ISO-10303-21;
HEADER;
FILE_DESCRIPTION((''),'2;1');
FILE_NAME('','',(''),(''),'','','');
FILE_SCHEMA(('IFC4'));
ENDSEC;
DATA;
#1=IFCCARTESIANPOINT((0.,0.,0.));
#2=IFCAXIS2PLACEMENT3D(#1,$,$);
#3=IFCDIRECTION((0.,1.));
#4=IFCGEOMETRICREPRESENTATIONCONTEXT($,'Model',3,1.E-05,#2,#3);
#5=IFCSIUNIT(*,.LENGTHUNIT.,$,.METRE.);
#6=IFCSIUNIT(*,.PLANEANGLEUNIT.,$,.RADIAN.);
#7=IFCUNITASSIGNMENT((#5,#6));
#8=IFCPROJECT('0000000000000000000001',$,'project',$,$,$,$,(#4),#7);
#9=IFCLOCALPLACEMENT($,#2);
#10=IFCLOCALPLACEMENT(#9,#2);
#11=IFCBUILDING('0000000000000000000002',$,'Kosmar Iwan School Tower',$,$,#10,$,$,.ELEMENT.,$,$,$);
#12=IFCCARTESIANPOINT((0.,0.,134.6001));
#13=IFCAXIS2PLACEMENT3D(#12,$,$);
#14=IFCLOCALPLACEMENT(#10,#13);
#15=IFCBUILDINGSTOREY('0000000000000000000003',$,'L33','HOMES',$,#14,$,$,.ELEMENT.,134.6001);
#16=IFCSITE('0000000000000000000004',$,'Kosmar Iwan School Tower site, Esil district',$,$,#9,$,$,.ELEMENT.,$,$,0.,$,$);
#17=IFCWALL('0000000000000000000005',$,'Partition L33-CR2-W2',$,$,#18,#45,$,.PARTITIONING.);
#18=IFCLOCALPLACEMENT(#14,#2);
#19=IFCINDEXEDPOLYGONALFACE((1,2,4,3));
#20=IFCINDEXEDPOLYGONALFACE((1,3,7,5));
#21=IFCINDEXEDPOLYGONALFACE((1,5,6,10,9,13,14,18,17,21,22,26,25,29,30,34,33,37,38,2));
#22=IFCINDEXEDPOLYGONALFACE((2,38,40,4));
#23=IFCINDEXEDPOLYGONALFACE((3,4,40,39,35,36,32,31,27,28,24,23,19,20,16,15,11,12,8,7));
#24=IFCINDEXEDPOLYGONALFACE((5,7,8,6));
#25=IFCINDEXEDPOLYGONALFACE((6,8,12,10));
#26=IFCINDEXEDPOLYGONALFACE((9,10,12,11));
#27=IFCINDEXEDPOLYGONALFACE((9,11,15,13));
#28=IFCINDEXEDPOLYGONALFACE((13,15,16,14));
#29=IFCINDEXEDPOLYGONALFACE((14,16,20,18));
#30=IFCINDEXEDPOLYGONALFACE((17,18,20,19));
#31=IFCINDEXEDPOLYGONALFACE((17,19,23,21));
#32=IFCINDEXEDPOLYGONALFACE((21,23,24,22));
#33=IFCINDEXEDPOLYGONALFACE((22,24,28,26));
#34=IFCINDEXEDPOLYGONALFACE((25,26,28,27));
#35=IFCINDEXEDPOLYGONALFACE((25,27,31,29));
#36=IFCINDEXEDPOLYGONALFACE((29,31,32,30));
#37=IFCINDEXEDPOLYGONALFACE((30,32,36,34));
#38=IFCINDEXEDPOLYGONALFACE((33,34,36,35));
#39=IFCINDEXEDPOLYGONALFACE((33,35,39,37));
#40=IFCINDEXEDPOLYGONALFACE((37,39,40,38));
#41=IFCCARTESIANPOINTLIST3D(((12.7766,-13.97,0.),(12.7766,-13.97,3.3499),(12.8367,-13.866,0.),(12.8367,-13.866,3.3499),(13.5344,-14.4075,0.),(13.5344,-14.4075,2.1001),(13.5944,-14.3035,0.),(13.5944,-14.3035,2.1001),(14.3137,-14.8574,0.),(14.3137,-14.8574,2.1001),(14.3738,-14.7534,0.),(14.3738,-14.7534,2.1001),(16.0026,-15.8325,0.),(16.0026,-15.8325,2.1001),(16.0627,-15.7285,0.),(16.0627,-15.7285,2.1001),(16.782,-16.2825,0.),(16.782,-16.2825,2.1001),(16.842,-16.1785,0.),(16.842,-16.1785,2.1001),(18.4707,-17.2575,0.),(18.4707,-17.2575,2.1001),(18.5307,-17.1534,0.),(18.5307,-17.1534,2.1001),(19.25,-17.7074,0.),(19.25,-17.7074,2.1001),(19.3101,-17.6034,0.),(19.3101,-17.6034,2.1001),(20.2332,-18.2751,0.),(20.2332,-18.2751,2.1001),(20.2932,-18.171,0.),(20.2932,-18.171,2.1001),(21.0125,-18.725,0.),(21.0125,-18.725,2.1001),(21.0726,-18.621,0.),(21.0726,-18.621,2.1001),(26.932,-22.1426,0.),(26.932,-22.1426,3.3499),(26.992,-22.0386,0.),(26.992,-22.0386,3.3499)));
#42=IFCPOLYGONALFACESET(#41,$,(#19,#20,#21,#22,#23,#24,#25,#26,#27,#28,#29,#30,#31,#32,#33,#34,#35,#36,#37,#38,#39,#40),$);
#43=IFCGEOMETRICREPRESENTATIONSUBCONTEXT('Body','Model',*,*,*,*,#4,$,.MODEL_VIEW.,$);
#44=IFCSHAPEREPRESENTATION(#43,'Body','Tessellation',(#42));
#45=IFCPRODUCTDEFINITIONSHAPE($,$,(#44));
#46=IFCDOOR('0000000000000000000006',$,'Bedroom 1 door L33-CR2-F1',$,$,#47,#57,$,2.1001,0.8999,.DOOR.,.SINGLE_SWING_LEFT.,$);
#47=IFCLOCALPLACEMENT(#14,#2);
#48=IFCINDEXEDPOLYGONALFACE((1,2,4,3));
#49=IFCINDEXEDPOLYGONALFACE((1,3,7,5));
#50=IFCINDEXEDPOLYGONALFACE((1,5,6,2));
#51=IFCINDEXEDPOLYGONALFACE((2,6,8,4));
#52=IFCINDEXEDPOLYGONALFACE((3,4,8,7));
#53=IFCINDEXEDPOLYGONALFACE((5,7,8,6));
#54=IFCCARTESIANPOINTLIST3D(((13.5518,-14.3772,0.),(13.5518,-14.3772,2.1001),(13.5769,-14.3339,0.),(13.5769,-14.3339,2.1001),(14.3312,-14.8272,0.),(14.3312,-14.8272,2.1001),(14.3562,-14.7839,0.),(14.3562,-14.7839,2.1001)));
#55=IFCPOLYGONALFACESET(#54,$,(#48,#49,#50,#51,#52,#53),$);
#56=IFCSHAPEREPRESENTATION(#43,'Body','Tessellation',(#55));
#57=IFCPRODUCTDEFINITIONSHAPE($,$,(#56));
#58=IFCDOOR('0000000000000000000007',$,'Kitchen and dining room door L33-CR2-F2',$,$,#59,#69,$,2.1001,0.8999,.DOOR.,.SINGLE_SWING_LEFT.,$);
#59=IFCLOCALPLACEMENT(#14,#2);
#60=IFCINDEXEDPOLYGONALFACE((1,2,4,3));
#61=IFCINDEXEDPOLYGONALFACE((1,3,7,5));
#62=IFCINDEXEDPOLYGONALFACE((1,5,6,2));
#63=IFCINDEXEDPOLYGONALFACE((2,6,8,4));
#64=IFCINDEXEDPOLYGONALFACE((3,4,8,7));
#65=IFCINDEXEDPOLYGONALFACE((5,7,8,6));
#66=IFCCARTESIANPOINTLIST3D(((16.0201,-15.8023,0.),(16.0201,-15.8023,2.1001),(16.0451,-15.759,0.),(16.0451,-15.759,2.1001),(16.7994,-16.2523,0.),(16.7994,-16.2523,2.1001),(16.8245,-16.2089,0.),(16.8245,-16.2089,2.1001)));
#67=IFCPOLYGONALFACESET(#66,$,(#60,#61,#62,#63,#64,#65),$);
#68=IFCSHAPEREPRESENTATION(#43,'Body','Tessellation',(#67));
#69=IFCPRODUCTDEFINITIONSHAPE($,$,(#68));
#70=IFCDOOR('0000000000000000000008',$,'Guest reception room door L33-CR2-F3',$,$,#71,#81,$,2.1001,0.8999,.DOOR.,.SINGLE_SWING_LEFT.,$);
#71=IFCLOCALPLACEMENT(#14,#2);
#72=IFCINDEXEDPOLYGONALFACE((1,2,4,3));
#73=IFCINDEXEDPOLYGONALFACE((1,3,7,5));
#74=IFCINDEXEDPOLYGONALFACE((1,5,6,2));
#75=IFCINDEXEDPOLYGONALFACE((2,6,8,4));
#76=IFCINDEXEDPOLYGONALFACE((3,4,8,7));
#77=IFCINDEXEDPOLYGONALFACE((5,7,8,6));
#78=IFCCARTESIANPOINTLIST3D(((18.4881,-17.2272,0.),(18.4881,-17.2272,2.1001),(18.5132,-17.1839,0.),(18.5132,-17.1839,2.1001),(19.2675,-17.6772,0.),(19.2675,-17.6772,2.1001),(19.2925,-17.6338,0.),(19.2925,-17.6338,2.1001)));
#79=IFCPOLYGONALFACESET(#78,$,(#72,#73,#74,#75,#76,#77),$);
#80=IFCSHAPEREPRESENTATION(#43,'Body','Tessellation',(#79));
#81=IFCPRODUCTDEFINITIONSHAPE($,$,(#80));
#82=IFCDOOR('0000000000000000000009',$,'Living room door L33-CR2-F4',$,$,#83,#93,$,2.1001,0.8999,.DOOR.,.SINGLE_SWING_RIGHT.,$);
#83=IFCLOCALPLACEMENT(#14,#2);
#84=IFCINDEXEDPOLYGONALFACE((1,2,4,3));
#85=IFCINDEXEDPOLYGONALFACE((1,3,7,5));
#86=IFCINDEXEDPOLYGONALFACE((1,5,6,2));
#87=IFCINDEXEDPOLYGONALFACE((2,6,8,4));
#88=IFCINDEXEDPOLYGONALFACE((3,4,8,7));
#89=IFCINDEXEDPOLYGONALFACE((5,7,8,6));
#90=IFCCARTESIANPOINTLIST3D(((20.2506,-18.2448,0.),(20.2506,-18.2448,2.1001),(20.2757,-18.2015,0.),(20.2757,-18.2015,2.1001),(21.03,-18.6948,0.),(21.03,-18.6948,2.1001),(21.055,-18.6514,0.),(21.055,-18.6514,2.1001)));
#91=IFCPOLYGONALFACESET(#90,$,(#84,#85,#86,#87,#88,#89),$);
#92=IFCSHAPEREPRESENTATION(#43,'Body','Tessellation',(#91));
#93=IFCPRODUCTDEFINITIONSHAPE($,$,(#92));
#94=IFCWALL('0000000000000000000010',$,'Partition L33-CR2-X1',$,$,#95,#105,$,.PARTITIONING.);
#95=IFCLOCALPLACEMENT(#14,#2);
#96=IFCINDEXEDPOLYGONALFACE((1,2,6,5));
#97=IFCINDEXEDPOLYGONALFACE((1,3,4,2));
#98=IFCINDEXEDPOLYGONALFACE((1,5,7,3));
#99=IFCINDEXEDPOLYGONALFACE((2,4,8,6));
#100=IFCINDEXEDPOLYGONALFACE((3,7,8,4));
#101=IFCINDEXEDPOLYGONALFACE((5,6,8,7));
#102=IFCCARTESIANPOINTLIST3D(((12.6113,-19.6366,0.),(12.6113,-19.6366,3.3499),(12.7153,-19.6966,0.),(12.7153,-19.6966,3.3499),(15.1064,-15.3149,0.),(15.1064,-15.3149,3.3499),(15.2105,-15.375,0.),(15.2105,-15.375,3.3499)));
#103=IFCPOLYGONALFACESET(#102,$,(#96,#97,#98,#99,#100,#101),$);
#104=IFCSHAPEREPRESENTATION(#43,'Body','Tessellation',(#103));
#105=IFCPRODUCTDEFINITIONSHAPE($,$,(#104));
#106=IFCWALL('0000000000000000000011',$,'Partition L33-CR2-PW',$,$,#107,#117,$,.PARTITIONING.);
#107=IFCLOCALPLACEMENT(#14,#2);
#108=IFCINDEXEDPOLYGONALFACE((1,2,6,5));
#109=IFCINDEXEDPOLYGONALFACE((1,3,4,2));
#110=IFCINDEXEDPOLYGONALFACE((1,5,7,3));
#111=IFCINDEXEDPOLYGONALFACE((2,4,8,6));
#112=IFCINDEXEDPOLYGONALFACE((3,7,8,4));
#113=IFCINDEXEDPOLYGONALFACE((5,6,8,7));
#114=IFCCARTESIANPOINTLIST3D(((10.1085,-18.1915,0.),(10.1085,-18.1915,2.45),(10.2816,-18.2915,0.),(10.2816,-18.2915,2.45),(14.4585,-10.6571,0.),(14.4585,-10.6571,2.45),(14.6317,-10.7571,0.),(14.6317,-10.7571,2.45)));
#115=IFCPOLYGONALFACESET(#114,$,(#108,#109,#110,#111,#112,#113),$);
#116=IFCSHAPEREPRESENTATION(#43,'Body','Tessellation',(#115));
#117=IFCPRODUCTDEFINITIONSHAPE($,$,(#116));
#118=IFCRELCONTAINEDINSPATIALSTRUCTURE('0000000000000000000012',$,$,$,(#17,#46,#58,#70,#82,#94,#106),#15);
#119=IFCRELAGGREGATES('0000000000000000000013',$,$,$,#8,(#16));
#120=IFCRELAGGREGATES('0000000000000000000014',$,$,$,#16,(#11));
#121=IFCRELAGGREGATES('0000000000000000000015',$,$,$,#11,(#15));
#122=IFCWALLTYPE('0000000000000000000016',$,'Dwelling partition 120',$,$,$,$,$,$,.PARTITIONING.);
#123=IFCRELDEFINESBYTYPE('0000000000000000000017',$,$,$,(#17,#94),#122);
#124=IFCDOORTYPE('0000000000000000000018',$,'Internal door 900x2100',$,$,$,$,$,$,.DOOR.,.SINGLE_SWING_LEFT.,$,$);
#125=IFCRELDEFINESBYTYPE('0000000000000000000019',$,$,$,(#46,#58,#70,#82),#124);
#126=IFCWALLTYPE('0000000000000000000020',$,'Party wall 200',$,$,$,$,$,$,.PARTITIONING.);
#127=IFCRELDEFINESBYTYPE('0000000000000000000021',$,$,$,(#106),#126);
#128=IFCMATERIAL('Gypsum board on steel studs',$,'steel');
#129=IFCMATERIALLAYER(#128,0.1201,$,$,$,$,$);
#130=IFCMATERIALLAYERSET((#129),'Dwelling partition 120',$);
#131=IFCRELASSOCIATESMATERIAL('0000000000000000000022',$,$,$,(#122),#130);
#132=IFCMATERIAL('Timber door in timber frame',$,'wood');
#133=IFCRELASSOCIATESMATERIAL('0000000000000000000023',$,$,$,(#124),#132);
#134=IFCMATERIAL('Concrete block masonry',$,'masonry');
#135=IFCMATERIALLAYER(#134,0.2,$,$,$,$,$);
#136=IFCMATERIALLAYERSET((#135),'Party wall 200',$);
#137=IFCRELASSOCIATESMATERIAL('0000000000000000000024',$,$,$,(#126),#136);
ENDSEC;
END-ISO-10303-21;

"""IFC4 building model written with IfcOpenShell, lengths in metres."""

from ifc_helpers import new_model, si_unit, direction, frame, frame_2d, origin, place, context, subcontext, project, spatial, rectangle, extrude, material, layer, layer_set, type_object, element, fill, save


model = new_model("IFC4")

# Units and contexts
model_context = context("Model", 3, precision=1e-05, world=origin(), true_north=direction((0.0, 1.0)))
body_context = subcontext(model_context, "Body", "Model", "MODEL_VIEW")
ifc_project = project(units=[si_unit("LENGTHUNIT", "METRE"), si_unit("PLANEANGLEUNIT", "RADIAN")], contexts=[model_context])

# Site, building, storey
site_placement = place(None, origin())
site = spatial("IfcSite", under=ifc_project, at=site_placement, Name="Kosmar Iwan School Tower site, Esil district", CompositionType="ELEMENT", RefElevation=0.0)
building_placement = place(site_placement, origin())
building = spatial("IfcBuilding", under=site, at=building_placement, Name="Kosmar Iwan School Tower", CompositionType="ELEMENT")
storey_placement = place(building_placement, frame((0.0, 0.0, 134.6001)))
storey = spatial("IfcBuildingStorey", under=building, at=storey_placement, Name="L33", Description="HOMES", CompositionType="ELEMENT", Elevation=134.6001)

# Shared definitions
ifc_material_1 = material(Name="Gypsum board on steel studs", Category="steel")
ifc_layer_1 = layer(ifc_material_1, 0.1201)
ifc_layer_set_1 = layer_set([ifc_layer_1], Name="Dwelling partition 120")
wall_type_1 = type_object("IfcWallType", Name="Dwelling partition 120", PredefinedType="PARTITIONING", material=ifc_layer_set_1)

# Wall, openings, doors
ifc_material_2 = material(Name="Timber door in timber frame", Category="wood")
door_type_1 = type_object("IfcDoorType", Name="Internal door 900x2100", OperationType="SINGLE_SWING_LEFT", PredefinedType="DOOR", material=ifc_material_2)
wall_1_placement = place(storey_placement, frame((12.8066, -13.918, 0.0), z_axis=(0.0, 0.0, 1.0), x_axis=(0.866024, -0.500003, 0.0)))
wall_1 = element("IfcWall", 1, at=wall_1_placement, inside=storey, type_object=wall_type_1, Name="Partition L33-CR2-W2", PredefinedType="PARTITIONING", context=body_context, shape_type="SweptSolid", body=[
    extrude(rectangle(XDim=16.3452, YDim=0.1201, at=frame_2d((8.1726, 0.0))), origin(), (0.0, 0.0, 1.0), 3.3499),
])
opening_1_placement = place(wall_1_placement, frame((0.875, 0.0, 0.0)))
opening_1 = element("IfcOpeningElement", 2, at=opening_1_placement, cuts=wall_1, PredefinedType="OPENING", context=body_context, shape_type="SweptSolid", body=[
    extrude(rectangle(XDim=0.8999, YDim=2.1001, at=frame_2d((0.45, 1.05))), frame((0.0, 0.072, 0.0), z_axis=(0.0, -1.0, 0.0), x_axis=(1.0, 0.0, 0.0)), (0.0, 0.0, 1.0), 0.144),
])
opening_2_placement = place(wall_1_placement, frame((3.7251, 0.0, 0.0)))
opening_2 = element("IfcOpeningElement", 3, at=opening_2_placement, cuts=wall_1, PredefinedType="OPENING", context=body_context, shape_type="SweptSolid", body=[
    extrude(rectangle(XDim=0.8999, YDim=2.1001, at=frame_2d((0.45, 1.05))), frame((0.0, 0.072, 0.0), z_axis=(0.0, -1.0, 0.0), x_axis=(1.0, 0.0, 0.0)), (0.0, 0.0, 1.0), 0.144),
])
opening_3_placement = place(wall_1_placement, frame((6.575, 0.0, 0.0)))
opening_3 = element("IfcOpeningElement", 4, at=opening_3_placement, cuts=wall_1, PredefinedType="OPENING", context=body_context, shape_type="SweptSolid", body=[
    extrude(rectangle(XDim=0.8999, YDim=2.1001, at=frame_2d((0.45, 1.05))), frame((0.0, 0.072, 0.0), z_axis=(0.0, -1.0, 0.0), x_axis=(1.0, 0.0, 0.0)), (0.0, 0.0, 1.0), 0.144),
])
opening_4_placement = place(wall_1_placement, frame((8.6101, 0.0, 0.0)))
opening_4 = element("IfcOpeningElement", 5, at=opening_4_placement, cuts=wall_1, PredefinedType="OPENING", context=body_context, shape_type="SweptSolid", body=[
    extrude(rectangle(XDim=0.8999, YDim=2.1001, at=frame_2d((0.45, 1.05))), frame((0.0, 0.072, 0.0), z_axis=(0.0, -1.0, 0.0), x_axis=(1.0, 0.0, 0.0)), (0.0, 0.0, 1.0), 0.144),
])
door_1_placement = place(opening_1_placement, origin())
door_1 = element("IfcDoor", 6, at=door_1_placement, inside=storey, type_object=door_type_1, Name="Bedroom 1 door L33-CR2-F1", OperationType="SINGLE_SWING_LEFT", OverallHeight=2.1001, OverallWidth=0.8999, PredefinedType="DOOR", context=body_context, shape_type="SweptSolid", body=[
    extrude(rectangle(XDim=0.8999, YDim=2.1001, at=frame_2d((0.45, 1.05))), frame((0.0, 0.0249, 0.0), z_axis=(0.0, -1.0, 0.0), x_axis=(1.0, 0.0, 0.0)), (0.0, 0.0, 1.0), 0.05),
])
fill(opening_1, door_1)
door_2_placement = place(opening_2_placement, origin())
door_2 = element("IfcDoor", 7, at=door_2_placement, inside=storey, type_object=door_type_1, Name="Kitchen and dining room door L33-CR2-F2", OperationType="SINGLE_SWING_LEFT", OverallHeight=2.1001, OverallWidth=0.8999, PredefinedType="DOOR", context=body_context, shape_type="SweptSolid", body=[
    extrude(rectangle(XDim=0.8999, YDim=2.1001, at=frame_2d((0.45, 1.05))), frame((0.0, 0.0249, 0.0), z_axis=(0.0, -1.0, 0.0), x_axis=(1.0, 0.0, 0.0)), (0.0, 0.0, 1.0), 0.05),
])
fill(opening_2, door_2)
door_3_placement = place(opening_3_placement, origin())
door_3 = element("IfcDoor", 8, at=door_3_placement, inside=storey, type_object=door_type_1, Name="Guest reception room door L33-CR2-F3", OperationType="SINGLE_SWING_LEFT", OverallHeight=2.1001, OverallWidth=0.8999, PredefinedType="DOOR", context=body_context, shape_type="SweptSolid", body=[
    extrude(rectangle(XDim=0.8999, YDim=2.1001, at=frame_2d((0.45, 1.05))), frame((0.0, 0.0249, 0.0), z_axis=(0.0, -1.0, 0.0), x_axis=(1.0, 0.0, 0.0)), (0.0, 0.0, 1.0), 0.05),
])
fill(opening_3, door_3)
door_4_placement = place(opening_4_placement, origin())
door_4 = element("IfcDoor", 9, at=door_4_placement, inside=storey, type_object=door_type_1, Name="Living room door L33-CR2-F4", OperationType="SINGLE_SWING_RIGHT", OverallHeight=2.1001, OverallWidth=0.8999, PredefinedType="DOOR", context=body_context, shape_type="SweptSolid", body=[
    extrude(rectangle(XDim=0.8999, YDim=2.1001, at=frame_2d((0.45, 1.05))), frame((0.0, 0.0249, 0.0), z_axis=(0.0, -1.0, 0.0), x_axis=(1.0, 0.0, 0.0)), (0.0, 0.0, 1.0), 0.05),
])
fill(opening_4, door_4)

# Walls
wall_2_placement = place(storey_placement, frame((15.1584, -15.345, 0.0), z_axis=(0.0, 0.0, 1.0), x_axis=(-0.500012, -0.866019, 0.0)))
element("IfcWall", 10, at=wall_2_placement, inside=storey, type_object=wall_type_1, Name="Partition L33-CR2-X1", PredefinedType="PARTITIONING", context=body_context, shape_type="SweptSolid", body=[
    extrude(rectangle(XDim=4.9902, YDim=0.1201, at=frame_2d((2.4951, 0.0))), origin(), (0.0, 0.0, 1.0), 3.3499),
])
ifc_material_3 = material(Name="Concrete block masonry", Category="masonry")
ifc_layer_2 = layer(ifc_material_3, 0.2)
ifc_layer_set_2 = layer_set([ifc_layer_2], Name="Party wall 200")
wall_type_2 = type_object("IfcWallType", Name="Party wall 200", PredefinedType="PARTITIONING", material=ifc_layer_set_2)
wall_3_placement = place(storey_placement, frame((14.5452, -10.707, 0.0), z_axis=(0.0, 0.0, 1.0), x_axis=(-0.500008, -0.866021, 0.0)))
element("IfcWall", 11, at=wall_3_placement, inside=storey, type_object=wall_type_2, Name="Partition L33-CR2-PW", PredefinedType="PARTITIONING", context=body_context, shape_type="SweptSolid", body=[
    extrude(rectangle(XDim=8.7, YDim=0.2, at=frame_2d((4.3501, 0.0))), origin(), (0.0, 0.0, 1.0), 2.45),
])

save(model, "model.ifc")
